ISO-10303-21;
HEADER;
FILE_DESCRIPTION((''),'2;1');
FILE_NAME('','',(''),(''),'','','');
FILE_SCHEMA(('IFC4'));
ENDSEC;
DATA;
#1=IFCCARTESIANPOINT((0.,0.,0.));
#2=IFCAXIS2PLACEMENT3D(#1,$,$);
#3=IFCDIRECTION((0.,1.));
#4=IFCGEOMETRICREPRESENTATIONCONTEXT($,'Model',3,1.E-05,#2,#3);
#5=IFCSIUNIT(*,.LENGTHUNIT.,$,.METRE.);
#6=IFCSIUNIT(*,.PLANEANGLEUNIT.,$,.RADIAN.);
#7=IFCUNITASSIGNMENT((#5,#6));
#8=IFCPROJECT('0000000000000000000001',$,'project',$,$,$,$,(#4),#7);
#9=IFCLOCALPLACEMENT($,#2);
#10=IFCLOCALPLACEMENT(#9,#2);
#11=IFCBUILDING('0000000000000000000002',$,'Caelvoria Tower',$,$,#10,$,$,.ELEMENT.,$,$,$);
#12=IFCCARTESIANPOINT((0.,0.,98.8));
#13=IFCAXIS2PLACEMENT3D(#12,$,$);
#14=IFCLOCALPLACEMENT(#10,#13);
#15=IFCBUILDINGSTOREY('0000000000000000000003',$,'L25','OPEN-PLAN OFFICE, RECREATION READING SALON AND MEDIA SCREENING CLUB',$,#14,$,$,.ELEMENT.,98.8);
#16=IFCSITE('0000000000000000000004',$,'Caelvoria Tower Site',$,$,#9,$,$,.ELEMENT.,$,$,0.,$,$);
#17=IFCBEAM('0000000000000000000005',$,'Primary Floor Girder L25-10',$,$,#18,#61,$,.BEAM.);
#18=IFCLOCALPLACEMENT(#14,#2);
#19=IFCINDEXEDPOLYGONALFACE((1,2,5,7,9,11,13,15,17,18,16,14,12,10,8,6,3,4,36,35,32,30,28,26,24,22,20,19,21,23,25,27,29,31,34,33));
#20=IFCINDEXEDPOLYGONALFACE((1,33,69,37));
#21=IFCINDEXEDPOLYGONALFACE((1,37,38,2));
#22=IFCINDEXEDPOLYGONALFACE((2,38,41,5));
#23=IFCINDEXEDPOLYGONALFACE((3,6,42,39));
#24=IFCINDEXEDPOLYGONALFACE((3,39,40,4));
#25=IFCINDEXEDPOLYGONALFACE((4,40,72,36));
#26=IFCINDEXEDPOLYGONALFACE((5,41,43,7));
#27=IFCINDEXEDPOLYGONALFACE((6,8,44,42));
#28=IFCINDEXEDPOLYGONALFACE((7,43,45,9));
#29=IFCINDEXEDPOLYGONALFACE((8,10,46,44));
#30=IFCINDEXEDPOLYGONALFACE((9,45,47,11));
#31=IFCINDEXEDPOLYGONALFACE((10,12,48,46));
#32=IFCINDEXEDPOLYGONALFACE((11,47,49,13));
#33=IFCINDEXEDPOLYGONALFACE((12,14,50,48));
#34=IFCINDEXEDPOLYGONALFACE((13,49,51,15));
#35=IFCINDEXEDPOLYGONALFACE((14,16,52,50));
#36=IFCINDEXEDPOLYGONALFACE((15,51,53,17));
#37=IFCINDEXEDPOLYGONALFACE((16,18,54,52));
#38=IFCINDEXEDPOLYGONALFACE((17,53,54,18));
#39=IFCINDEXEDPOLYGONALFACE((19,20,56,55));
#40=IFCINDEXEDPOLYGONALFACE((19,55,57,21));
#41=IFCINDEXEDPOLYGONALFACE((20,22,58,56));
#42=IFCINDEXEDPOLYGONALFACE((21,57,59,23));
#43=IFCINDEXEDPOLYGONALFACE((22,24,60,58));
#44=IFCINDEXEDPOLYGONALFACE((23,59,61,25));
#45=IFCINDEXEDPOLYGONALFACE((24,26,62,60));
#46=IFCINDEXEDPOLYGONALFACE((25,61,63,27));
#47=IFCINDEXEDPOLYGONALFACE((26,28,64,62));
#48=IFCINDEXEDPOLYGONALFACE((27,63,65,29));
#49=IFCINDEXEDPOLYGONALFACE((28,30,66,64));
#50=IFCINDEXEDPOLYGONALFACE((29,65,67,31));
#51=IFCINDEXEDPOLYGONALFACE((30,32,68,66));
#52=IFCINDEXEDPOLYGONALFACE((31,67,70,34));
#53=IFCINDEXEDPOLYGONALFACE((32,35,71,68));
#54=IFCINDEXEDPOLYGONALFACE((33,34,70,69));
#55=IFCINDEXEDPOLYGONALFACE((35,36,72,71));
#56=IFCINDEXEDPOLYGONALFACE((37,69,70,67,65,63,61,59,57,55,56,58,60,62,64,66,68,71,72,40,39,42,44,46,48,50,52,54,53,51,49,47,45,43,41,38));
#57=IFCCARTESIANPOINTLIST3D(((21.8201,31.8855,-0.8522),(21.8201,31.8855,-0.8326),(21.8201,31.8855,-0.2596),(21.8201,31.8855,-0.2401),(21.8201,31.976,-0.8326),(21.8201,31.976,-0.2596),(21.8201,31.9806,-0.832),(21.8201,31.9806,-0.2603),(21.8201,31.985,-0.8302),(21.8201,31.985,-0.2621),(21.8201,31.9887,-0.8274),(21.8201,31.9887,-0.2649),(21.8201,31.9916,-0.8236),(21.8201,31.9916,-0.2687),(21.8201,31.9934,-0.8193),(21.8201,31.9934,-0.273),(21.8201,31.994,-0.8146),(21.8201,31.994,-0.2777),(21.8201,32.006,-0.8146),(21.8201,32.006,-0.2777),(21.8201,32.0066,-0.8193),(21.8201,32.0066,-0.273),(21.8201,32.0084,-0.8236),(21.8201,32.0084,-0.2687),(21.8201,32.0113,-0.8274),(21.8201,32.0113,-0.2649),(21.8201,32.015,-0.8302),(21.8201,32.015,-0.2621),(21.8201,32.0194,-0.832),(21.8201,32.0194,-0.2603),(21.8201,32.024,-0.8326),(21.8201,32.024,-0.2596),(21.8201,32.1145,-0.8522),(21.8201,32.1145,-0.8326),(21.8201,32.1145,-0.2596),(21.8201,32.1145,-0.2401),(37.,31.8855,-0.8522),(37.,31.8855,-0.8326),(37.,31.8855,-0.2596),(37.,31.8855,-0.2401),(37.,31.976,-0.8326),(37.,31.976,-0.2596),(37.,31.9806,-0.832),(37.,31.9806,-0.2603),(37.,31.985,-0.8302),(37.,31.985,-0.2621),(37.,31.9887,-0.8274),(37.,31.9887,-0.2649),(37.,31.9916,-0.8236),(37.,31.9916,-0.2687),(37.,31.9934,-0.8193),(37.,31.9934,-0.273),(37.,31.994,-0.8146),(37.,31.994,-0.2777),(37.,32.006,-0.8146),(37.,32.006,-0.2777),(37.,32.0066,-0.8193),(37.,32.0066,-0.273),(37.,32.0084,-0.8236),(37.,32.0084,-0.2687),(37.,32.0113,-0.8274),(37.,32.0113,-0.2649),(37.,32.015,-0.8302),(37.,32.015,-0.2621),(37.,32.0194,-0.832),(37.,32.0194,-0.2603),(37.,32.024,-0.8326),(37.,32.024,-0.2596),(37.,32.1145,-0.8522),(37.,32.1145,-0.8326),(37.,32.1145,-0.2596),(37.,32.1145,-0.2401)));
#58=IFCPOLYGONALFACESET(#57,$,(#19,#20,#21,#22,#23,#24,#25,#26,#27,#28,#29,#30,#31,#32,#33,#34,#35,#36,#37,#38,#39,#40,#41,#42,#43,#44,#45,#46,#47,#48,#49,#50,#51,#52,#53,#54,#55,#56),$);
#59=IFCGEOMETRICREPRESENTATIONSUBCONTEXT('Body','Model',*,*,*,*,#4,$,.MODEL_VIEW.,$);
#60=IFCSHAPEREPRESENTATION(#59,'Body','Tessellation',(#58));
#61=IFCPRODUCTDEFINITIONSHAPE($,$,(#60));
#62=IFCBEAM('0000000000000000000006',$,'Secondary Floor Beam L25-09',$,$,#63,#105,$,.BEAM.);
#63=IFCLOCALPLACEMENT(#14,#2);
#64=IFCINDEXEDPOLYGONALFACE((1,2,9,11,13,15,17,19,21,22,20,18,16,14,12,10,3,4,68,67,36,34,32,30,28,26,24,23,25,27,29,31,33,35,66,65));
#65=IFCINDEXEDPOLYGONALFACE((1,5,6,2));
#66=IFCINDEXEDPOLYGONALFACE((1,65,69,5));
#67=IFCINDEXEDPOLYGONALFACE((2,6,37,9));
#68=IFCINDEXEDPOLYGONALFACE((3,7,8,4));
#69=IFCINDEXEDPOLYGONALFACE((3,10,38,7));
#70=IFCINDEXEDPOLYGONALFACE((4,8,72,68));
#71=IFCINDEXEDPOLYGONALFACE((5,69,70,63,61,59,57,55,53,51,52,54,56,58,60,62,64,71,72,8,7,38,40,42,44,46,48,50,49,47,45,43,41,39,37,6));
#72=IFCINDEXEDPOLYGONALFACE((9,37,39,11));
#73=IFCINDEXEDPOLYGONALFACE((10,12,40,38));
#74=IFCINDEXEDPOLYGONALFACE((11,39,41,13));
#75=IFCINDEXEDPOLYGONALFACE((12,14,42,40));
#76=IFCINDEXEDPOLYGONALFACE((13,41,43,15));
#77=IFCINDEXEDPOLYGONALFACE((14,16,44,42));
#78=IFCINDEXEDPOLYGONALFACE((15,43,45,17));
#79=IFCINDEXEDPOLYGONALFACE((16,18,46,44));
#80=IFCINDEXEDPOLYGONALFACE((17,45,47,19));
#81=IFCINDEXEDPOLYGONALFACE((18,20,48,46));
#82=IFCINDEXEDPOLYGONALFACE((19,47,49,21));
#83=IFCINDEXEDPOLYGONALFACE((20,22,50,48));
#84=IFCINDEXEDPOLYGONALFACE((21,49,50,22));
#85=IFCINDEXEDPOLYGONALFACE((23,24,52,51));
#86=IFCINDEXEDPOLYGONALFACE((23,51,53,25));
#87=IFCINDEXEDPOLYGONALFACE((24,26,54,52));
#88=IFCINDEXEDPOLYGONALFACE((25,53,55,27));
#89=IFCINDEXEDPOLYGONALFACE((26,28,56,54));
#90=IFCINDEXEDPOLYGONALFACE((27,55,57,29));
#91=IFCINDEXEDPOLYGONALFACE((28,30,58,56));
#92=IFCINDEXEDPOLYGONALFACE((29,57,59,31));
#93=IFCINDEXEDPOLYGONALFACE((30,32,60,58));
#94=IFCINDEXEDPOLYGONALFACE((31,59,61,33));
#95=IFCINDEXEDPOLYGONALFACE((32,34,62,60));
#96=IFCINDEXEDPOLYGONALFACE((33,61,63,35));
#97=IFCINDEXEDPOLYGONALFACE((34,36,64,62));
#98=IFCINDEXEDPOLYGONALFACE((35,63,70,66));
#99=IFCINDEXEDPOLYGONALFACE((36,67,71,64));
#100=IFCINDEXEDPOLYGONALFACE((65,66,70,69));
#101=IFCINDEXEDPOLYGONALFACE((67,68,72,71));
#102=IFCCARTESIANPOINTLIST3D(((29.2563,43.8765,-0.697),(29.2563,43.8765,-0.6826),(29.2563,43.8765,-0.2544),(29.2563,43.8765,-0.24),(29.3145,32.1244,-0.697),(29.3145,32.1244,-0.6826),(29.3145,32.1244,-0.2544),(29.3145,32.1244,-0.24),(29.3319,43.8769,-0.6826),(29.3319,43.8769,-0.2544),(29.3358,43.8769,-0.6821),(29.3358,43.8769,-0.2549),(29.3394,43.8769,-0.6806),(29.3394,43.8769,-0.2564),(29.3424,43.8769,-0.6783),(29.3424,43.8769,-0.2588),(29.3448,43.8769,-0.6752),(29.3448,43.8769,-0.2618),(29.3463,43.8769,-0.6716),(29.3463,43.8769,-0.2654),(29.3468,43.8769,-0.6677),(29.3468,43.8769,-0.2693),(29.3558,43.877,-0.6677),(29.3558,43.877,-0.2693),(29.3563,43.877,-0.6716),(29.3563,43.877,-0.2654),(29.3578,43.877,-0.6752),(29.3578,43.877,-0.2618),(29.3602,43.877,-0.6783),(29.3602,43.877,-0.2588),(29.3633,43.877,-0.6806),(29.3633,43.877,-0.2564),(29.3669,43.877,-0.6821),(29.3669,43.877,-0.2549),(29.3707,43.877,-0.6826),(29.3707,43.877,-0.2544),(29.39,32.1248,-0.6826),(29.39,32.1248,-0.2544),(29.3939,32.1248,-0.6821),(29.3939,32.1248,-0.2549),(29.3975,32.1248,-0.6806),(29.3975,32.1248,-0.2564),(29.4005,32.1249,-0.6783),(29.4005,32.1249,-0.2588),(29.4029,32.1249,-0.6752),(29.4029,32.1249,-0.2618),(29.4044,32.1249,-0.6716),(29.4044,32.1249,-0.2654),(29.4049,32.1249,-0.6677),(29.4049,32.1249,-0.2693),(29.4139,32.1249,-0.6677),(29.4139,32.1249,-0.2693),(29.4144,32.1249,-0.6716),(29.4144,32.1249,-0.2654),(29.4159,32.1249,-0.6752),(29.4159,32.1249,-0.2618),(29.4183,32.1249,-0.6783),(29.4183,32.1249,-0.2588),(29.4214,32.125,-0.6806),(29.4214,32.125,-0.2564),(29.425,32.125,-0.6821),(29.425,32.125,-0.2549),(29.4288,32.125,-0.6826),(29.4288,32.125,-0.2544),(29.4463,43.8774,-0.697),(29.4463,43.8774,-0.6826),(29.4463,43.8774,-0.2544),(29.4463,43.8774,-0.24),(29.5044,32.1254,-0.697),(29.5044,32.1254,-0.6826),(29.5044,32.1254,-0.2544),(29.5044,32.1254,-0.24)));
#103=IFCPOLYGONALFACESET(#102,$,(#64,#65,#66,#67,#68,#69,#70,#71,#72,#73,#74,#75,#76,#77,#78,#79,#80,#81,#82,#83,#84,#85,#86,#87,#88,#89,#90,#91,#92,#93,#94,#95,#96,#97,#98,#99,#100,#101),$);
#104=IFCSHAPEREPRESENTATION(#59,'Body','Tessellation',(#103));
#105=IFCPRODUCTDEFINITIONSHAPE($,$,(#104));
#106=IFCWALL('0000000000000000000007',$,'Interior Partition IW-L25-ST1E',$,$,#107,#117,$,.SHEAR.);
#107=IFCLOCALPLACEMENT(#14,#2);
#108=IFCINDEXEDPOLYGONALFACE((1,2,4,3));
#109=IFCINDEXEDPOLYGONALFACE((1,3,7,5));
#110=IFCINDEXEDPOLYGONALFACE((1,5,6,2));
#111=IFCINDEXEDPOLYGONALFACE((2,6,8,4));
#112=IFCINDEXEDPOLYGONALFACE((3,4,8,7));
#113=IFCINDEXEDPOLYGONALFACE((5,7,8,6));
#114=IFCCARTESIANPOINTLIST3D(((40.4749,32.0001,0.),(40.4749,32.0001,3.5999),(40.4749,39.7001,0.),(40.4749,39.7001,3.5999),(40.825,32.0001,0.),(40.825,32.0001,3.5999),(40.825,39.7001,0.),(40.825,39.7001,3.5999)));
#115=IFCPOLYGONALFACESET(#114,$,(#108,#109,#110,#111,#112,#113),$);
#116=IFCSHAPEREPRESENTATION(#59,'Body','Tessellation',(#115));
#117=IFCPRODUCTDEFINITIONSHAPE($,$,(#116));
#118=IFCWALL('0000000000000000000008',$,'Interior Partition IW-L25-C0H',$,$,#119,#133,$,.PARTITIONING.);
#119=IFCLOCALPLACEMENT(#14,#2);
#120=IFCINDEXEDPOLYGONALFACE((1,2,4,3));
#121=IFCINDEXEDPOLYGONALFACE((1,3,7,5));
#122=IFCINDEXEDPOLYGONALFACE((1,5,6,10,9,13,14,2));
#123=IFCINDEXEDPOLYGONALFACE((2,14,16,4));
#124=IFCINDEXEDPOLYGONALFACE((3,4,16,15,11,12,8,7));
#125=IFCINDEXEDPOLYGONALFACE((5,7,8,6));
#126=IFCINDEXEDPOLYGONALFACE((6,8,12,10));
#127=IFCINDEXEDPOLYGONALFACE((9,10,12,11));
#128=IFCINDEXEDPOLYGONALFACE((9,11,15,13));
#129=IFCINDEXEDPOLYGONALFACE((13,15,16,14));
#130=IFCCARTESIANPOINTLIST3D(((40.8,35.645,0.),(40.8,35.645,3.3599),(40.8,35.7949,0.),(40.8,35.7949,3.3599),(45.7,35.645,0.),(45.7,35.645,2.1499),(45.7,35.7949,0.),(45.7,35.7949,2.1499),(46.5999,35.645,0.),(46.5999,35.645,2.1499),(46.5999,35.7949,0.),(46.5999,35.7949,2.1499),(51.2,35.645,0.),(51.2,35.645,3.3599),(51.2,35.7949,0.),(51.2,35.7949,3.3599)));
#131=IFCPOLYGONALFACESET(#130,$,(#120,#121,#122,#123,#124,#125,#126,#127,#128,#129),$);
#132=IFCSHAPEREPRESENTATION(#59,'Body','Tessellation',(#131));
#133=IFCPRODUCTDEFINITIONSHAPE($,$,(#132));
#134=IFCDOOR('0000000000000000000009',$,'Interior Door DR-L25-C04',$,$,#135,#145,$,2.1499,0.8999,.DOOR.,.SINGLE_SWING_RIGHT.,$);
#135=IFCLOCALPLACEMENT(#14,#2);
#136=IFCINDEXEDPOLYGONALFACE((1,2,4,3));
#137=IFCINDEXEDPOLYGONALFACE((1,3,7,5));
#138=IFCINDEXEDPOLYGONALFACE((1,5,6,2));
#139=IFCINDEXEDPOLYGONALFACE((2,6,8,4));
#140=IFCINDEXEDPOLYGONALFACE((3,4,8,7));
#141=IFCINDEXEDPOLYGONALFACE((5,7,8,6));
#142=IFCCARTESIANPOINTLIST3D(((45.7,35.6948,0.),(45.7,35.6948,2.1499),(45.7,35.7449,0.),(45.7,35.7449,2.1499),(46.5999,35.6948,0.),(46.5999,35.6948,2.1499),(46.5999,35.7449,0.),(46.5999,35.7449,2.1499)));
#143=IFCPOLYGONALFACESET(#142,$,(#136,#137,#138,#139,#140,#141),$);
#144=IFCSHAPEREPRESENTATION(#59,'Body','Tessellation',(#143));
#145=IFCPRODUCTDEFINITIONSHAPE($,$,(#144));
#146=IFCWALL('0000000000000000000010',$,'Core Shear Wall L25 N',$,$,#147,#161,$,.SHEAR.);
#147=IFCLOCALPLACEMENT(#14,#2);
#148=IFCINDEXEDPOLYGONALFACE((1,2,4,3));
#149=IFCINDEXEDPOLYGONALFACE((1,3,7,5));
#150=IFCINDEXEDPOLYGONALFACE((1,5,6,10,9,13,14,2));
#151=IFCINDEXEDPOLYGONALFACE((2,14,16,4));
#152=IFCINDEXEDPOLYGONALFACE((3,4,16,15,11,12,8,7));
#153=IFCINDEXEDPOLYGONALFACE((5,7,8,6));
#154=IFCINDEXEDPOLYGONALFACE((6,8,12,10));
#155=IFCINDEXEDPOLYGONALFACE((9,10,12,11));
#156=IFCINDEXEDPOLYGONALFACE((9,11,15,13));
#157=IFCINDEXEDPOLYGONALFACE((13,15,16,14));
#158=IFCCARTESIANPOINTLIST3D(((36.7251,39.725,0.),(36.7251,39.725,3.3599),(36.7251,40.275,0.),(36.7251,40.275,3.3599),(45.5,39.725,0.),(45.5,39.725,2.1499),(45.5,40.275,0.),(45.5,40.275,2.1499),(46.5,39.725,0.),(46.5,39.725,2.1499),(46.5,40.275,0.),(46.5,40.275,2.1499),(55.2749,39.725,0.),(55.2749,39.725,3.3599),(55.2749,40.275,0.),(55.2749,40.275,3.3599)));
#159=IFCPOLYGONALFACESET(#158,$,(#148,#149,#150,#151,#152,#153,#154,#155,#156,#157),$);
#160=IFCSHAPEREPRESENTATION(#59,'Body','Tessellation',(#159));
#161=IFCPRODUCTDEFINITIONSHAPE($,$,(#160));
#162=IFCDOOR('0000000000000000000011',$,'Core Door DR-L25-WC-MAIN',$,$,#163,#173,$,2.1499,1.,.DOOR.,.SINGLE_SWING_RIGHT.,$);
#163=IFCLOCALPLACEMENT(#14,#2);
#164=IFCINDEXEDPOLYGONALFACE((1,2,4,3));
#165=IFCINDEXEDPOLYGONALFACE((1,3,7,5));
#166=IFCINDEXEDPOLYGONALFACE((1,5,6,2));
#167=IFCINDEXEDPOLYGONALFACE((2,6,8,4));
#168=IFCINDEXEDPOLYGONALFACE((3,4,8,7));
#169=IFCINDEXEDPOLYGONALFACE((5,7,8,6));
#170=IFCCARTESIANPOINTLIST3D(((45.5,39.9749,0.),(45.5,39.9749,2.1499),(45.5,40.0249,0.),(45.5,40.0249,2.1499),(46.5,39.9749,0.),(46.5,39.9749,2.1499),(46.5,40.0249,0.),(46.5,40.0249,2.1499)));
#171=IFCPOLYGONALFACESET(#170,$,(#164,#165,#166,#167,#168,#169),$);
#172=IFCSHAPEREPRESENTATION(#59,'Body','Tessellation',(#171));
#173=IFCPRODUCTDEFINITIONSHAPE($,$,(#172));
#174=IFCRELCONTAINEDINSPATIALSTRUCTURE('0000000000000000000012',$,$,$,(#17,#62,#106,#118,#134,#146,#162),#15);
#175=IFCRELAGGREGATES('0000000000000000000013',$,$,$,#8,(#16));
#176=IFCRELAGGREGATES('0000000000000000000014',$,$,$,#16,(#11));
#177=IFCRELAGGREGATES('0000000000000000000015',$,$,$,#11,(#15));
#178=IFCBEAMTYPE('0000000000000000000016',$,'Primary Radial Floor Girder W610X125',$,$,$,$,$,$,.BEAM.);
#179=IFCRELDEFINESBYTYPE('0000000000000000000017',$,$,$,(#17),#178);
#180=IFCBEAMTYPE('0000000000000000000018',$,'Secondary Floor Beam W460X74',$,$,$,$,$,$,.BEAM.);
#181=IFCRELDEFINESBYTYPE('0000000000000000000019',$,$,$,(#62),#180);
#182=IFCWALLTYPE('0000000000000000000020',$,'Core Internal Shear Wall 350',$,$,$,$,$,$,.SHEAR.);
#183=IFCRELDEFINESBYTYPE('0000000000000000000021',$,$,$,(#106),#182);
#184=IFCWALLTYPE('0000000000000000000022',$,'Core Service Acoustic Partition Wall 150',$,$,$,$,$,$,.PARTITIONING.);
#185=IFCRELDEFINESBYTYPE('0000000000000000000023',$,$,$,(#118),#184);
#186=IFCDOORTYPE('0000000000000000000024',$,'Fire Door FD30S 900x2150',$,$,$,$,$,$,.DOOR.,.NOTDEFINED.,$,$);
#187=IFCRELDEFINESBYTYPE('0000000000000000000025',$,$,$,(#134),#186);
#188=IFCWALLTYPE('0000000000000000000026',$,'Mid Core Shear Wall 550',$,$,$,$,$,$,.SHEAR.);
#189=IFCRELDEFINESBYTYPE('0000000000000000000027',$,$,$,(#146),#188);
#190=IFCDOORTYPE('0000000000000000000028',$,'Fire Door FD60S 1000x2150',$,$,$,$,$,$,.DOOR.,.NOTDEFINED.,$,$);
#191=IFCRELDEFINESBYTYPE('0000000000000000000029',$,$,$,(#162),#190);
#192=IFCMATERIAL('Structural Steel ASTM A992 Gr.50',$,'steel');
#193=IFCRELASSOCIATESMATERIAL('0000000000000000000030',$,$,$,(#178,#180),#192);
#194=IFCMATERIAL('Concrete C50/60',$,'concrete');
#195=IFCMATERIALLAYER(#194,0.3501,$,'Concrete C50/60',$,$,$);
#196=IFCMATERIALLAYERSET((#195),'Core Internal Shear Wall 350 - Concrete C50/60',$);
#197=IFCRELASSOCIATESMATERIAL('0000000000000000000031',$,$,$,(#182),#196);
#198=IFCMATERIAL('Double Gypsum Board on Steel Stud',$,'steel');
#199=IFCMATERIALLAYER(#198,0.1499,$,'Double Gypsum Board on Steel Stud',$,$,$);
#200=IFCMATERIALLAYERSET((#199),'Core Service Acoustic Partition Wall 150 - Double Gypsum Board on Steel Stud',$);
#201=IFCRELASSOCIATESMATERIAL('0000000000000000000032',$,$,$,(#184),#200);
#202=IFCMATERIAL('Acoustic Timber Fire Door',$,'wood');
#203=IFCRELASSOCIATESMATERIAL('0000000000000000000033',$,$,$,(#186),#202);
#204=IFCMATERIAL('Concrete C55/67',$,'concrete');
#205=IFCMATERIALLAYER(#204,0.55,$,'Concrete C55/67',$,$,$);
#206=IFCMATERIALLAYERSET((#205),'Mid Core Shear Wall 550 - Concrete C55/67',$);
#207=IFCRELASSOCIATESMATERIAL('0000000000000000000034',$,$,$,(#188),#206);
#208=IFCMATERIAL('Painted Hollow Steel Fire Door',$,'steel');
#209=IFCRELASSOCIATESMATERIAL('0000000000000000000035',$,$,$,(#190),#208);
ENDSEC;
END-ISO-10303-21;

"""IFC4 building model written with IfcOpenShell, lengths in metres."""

from ifc_helpers import new_model, si_unit, direction, frame, frame_2d, origin, origin_2d, place, context, subcontext, project, spatial, rectangle, i_section, extrude, material, layer, layer_set, material_profile, profile_set, type_object, element, fill, save


model = new_model("IFC4")

# Units and contexts
model_context = context("Model", 3, precision=1e-05, world=origin(), true_north=direction((0.0, 1.0)))
body_context = subcontext(model_context, "Body", "Model", "MODEL_VIEW")
ifc_project = project(units=[si_unit("LENGTHUNIT", "METRE"), si_unit("PLANEANGLEUNIT", "RADIAN")], contexts=[model_context])

# Site, building, storey
site_placement = place(None, origin())
site = spatial("IfcSite", under=ifc_project, at=site_placement, Name="Caelvoria Tower Site", CompositionType="ELEMENT", RefElevation=0.0)
building_placement = place(site_placement, origin())
building = spatial("IfcBuilding", under=site, at=building_placement, Name="Caelvoria Tower", CompositionType="ELEMENT")
storey_placement = place(building_placement, frame((0.0, 0.0, 98.8)))
storey = spatial("IfcBuildingStorey", under=building, at=storey_placement, Name="L25", Description="OPEN-PLAN OFFICE, RECREATION READING SALON AND MEDIA SCREENING CLUB", CompositionType="ELEMENT", Elevation=98.8)

# Beams
ifc_material_1 = material(Name="Structural Steel ASTM A992 Gr.50", Category="steel")
ifc_material_profile_1 = material_profile(ifc_material_1, i_section(OverallWidth=0.229, OverallDepth=0.6121, WebThickness=0.012, FlangeThickness=0.0195, FilletRadius=0.0181, at=origin_2d()), Name="Structural Steel ASTM A992 Gr.50")
ifc_profile_set_1 = profile_set([ifc_material_profile_1], Name="W610X125 - Structural Steel ASTM A992 Gr.50")
beam_type_1 = type_object("IfcBeamType", Name="Primary Radial Floor Girder W610X125", PredefinedType="BEAM", material=ifc_profile_set_1)
beam_1_placement = place(storey_placement, frame((37.0, 32.0, -0.5461), z_axis=(-1.0, 0.0, 0.0), x_axis=(0.0, -1.0, 0.0)))
element("IfcBeam", 1, at=beam_1_placement, inside=storey, type_object=beam_type_1, Name="Primary Floor Girder L25-10", PredefinedType="BEAM", context=body_context, shape_type="SweptSolid", body=[
    extrude(i_section(OverallWidth=0.229, OverallDepth=0.6121, WebThickness=0.012, FlangeThickness=0.0195, FilletRadius=0.0181, at=origin_2d()), origin(), (0.0, 0.0, 1.0), 15.1799),
])
ifc_material_profile_2 = material_profile(ifc_material_1, i_section(OverallWidth=0.1899, OverallDepth=0.457, WebThickness=0.009, FlangeThickness=0.0144, FilletRadius=0.0149, at=origin_2d()), Name="Structural Steel ASTM A992 Gr.50")
ifc_profile_set_2 = profile_set([ifc_material_profile_2], Name="W460X74 - Structural Steel ASTM A992 Gr.50")
beam_type_2 = type_object("IfcBeamType", Name="Secondary Floor Beam W460X74", PredefinedType="BEAM", material=ifc_profile_set_2)
beam_2_placement = place(storey_placement, frame((29.3513, 43.877, -0.4685), z_axis=(0.004944, -0.999988, 0.0), x_axis=(0.999988, 0.004944, 0.0)))
element("IfcBeam", 2, at=beam_2_placement, inside=storey, type_object=beam_type_2, Name="Secondary Floor Beam L25-09", PredefinedType="BEAM", context=body_context, shape_type="SweptSolid", body=[
    extrude(i_section(OverallWidth=0.1899, OverallDepth=0.457, WebThickness=0.009, FlangeThickness=0.0144, FilletRadius=0.0149, at=origin_2d()), origin(), (0.0, 0.0, 1.0), 11.7522),
])

# Wall
ifc_material_2 = material(Name="Concrete C50/60", Category="concrete")
ifc_layer_1 = layer(ifc_material_2, 0.3501, Name="Concrete C50/60")
ifc_layer_set_1 = layer_set([ifc_layer_1], Name="Core Internal Shear Wall 350 - Concrete C50/60")
wall_type_1 = type_object("IfcWallType", Name="Core Internal Shear Wall 350", PredefinedType="SHEAR", material=ifc_layer_set_1)
wall_1_placement = place(storey_placement, frame((40.6499, 32.0, 0.0), z_axis=(0.0, 0.0, 1.0), x_axis=(0.0, 1.0, 0.0)))
element("IfcWall", 3, at=wall_1_placement, inside=storey, type_object=wall_type_1, Name="Interior Partition IW-L25-ST1E", PredefinedType="SHEAR", context=body_context, shape_type="SweptSolid", body=[
    extrude(rectangle(XDim=7.7, YDim=0.3501, at=frame_2d((3.8501, 0.0))), origin(), (0.0, 0.0, 1.0), 3.5999),
])

# Walls, openings, doors
ifc_material_3 = material(Name="Double Gypsum Board on Steel Stud", Category="steel")
ifc_layer_2 = layer(ifc_material_3, 0.1499, Name="Double Gypsum Board on Steel Stud")
ifc_layer_set_2 = layer_set([ifc_layer_2], Name="Core Service Acoustic Partition Wall 150 - Double Gypsum Board on Steel Stud")
wall_type_2 = type_object("IfcWallType", Name="Core Service Acoustic Partition Wall 150", PredefinedType="PARTITIONING", material=ifc_layer_set_2)
wall_2_placement = place(storey_placement, frame((40.8, 35.72, 0.0), z_axis=(0.0, 0.0, 1.0), x_axis=(1.0, 0.0, 0.0)))
wall_2 = element("IfcWall", 4, at=wall_2_placement, inside=storey, type_object=wall_type_2, Name="Interior Partition IW-L25-C0H", PredefinedType="PARTITIONING", context=body_context, shape_type="SweptSolid", body=[
    extrude(rectangle(XDim=10.3999, YDim=0.1499, at=frame_2d((5.2, 0.0))), origin(), (0.0, 0.0, 1.0), 3.3599),
])
opening_1_placement = place(wall_2_placement, frame((4.8999, 0.0, 0.0)))
opening_1 = element("IfcOpeningElement", 5, at=opening_1_placement, cuts=wall_2, PredefinedType="OPENING", context=body_context, shape_type="SweptSolid", body=[
    extrude(rectangle(XDim=0.8999, YDim=2.1499, at=frame_2d((0.45, 1.075))), frame((0.0, 0.085, 0.0), z_axis=(0.0, -1.0, 0.0), x_axis=(1.0, 0.0, 0.0)), (0.0, 0.0, 1.0), 0.1699),
])
ifc_material_4 = material(Name="Acoustic Timber Fire Door", Category="wood")
door_type_1 = type_object("IfcDoorType", Name="Fire Door FD30S 900x2150", OperationType="NOTDEFINED", PredefinedType="DOOR", material=ifc_material_4)
door_1_placement = place(opening_1_placement, origin())
door_1 = element("IfcDoor", 6, at=door_1_placement, inside=storey, type_object=door_type_1, Name="Interior Door DR-L25-C04", OperationType="SINGLE_SWING_RIGHT", OverallHeight=2.1499, OverallWidth=0.8999, PredefinedType="DOOR", context=body_context, shape_type="SweptSolid", body=[
    extrude(rectangle(XDim=0.8999, YDim=2.1499, at=frame_2d((0.45, 1.075))), frame((0.0, 0.0249, 0.0), z_axis=(0.0, -1.0, 0.0), x_axis=(1.0, 0.0, 0.0)), (0.0, 0.0, 1.0), 0.05),
])
fill(opening_1, door_1)
ifc_material_5 = material(Name="Concrete C55/67", Category="concrete")
ifc_layer_3 = layer(ifc_material_5, 0.55, Name="Concrete C55/67")
ifc_layer_set_3 = layer_set([ifc_layer_3], Name="Mid Core Shear Wall 550 - Concrete C55/67")
wall_type_3 = type_object("IfcWallType", Name="Mid Core Shear Wall 550", PredefinedType="SHEAR", material=ifc_layer_set_3)
wall_3_placement = place(storey_placement, frame((36.7251, 40.0, 0.0), z_axis=(0.0, 0.0, 1.0), x_axis=(1.0, 0.0, 0.0)))
wall_3 = element("IfcWall", 7, at=wall_3_placement, inside=storey, type_object=wall_type_3, Name="Core Shear Wall L25 N", PredefinedType="SHEAR", context=body_context, shape_type="SweptSolid", body=[
    extrude(rectangle(XDim=18.5498, YDim=0.55, at=frame_2d((9.2749, 0.0))), origin(), (0.0, 0.0, 1.0), 3.3599),
])
opening_2_placement = place(wall_3_placement, frame((8.7749, 0.0, 0.0)))
opening_2 = element("IfcOpeningElement", 8, at=opening_2_placement, cuts=wall_3, PredefinedType="OPENING", context=body_context, shape_type="SweptSolid", body=[
    extrude(rectangle(XDim=1.0, YDim=2.1499, at=frame_2d((0.5, 1.075))), frame((0.0, 0.2849, 0.0), z_axis=(0.0, -1.0, 0.0), x_axis=(1.0, 0.0, 0.0)), (0.0, 0.0, 1.0), 0.5701),
])
ifc_material_6 = material(Name="Painted Hollow Steel Fire Door", Category="steel")
door_type_2 = type_object("IfcDoorType", Name="Fire Door FD60S 1000x2150", OperationType="NOTDEFINED", PredefinedType="DOOR", material=ifc_material_6)
door_2_placement = place(opening_2_placement, origin())
door_2 = element("IfcDoor", 9, at=door_2_placement, inside=storey, type_object=door_type_2, Name="Core Door DR-L25-WC-MAIN", OperationType="SINGLE_SWING_RIGHT", OverallHeight=2.1499, OverallWidth=1.0, PredefinedType="DOOR", context=body_context, shape_type="SweptSolid", body=[
    extrude(rectangle(XDim=1.0, YDim=2.1499, at=frame_2d((0.5, 1.075))), frame((0.0, 0.0249, 0.0), z_axis=(0.0, -1.0, 0.0), x_axis=(1.0, 0.0, 0.0)), (0.0, 0.0, 1.0), 0.05),
])
fill(opening_2, door_2)

save(model, "model.ifc")
